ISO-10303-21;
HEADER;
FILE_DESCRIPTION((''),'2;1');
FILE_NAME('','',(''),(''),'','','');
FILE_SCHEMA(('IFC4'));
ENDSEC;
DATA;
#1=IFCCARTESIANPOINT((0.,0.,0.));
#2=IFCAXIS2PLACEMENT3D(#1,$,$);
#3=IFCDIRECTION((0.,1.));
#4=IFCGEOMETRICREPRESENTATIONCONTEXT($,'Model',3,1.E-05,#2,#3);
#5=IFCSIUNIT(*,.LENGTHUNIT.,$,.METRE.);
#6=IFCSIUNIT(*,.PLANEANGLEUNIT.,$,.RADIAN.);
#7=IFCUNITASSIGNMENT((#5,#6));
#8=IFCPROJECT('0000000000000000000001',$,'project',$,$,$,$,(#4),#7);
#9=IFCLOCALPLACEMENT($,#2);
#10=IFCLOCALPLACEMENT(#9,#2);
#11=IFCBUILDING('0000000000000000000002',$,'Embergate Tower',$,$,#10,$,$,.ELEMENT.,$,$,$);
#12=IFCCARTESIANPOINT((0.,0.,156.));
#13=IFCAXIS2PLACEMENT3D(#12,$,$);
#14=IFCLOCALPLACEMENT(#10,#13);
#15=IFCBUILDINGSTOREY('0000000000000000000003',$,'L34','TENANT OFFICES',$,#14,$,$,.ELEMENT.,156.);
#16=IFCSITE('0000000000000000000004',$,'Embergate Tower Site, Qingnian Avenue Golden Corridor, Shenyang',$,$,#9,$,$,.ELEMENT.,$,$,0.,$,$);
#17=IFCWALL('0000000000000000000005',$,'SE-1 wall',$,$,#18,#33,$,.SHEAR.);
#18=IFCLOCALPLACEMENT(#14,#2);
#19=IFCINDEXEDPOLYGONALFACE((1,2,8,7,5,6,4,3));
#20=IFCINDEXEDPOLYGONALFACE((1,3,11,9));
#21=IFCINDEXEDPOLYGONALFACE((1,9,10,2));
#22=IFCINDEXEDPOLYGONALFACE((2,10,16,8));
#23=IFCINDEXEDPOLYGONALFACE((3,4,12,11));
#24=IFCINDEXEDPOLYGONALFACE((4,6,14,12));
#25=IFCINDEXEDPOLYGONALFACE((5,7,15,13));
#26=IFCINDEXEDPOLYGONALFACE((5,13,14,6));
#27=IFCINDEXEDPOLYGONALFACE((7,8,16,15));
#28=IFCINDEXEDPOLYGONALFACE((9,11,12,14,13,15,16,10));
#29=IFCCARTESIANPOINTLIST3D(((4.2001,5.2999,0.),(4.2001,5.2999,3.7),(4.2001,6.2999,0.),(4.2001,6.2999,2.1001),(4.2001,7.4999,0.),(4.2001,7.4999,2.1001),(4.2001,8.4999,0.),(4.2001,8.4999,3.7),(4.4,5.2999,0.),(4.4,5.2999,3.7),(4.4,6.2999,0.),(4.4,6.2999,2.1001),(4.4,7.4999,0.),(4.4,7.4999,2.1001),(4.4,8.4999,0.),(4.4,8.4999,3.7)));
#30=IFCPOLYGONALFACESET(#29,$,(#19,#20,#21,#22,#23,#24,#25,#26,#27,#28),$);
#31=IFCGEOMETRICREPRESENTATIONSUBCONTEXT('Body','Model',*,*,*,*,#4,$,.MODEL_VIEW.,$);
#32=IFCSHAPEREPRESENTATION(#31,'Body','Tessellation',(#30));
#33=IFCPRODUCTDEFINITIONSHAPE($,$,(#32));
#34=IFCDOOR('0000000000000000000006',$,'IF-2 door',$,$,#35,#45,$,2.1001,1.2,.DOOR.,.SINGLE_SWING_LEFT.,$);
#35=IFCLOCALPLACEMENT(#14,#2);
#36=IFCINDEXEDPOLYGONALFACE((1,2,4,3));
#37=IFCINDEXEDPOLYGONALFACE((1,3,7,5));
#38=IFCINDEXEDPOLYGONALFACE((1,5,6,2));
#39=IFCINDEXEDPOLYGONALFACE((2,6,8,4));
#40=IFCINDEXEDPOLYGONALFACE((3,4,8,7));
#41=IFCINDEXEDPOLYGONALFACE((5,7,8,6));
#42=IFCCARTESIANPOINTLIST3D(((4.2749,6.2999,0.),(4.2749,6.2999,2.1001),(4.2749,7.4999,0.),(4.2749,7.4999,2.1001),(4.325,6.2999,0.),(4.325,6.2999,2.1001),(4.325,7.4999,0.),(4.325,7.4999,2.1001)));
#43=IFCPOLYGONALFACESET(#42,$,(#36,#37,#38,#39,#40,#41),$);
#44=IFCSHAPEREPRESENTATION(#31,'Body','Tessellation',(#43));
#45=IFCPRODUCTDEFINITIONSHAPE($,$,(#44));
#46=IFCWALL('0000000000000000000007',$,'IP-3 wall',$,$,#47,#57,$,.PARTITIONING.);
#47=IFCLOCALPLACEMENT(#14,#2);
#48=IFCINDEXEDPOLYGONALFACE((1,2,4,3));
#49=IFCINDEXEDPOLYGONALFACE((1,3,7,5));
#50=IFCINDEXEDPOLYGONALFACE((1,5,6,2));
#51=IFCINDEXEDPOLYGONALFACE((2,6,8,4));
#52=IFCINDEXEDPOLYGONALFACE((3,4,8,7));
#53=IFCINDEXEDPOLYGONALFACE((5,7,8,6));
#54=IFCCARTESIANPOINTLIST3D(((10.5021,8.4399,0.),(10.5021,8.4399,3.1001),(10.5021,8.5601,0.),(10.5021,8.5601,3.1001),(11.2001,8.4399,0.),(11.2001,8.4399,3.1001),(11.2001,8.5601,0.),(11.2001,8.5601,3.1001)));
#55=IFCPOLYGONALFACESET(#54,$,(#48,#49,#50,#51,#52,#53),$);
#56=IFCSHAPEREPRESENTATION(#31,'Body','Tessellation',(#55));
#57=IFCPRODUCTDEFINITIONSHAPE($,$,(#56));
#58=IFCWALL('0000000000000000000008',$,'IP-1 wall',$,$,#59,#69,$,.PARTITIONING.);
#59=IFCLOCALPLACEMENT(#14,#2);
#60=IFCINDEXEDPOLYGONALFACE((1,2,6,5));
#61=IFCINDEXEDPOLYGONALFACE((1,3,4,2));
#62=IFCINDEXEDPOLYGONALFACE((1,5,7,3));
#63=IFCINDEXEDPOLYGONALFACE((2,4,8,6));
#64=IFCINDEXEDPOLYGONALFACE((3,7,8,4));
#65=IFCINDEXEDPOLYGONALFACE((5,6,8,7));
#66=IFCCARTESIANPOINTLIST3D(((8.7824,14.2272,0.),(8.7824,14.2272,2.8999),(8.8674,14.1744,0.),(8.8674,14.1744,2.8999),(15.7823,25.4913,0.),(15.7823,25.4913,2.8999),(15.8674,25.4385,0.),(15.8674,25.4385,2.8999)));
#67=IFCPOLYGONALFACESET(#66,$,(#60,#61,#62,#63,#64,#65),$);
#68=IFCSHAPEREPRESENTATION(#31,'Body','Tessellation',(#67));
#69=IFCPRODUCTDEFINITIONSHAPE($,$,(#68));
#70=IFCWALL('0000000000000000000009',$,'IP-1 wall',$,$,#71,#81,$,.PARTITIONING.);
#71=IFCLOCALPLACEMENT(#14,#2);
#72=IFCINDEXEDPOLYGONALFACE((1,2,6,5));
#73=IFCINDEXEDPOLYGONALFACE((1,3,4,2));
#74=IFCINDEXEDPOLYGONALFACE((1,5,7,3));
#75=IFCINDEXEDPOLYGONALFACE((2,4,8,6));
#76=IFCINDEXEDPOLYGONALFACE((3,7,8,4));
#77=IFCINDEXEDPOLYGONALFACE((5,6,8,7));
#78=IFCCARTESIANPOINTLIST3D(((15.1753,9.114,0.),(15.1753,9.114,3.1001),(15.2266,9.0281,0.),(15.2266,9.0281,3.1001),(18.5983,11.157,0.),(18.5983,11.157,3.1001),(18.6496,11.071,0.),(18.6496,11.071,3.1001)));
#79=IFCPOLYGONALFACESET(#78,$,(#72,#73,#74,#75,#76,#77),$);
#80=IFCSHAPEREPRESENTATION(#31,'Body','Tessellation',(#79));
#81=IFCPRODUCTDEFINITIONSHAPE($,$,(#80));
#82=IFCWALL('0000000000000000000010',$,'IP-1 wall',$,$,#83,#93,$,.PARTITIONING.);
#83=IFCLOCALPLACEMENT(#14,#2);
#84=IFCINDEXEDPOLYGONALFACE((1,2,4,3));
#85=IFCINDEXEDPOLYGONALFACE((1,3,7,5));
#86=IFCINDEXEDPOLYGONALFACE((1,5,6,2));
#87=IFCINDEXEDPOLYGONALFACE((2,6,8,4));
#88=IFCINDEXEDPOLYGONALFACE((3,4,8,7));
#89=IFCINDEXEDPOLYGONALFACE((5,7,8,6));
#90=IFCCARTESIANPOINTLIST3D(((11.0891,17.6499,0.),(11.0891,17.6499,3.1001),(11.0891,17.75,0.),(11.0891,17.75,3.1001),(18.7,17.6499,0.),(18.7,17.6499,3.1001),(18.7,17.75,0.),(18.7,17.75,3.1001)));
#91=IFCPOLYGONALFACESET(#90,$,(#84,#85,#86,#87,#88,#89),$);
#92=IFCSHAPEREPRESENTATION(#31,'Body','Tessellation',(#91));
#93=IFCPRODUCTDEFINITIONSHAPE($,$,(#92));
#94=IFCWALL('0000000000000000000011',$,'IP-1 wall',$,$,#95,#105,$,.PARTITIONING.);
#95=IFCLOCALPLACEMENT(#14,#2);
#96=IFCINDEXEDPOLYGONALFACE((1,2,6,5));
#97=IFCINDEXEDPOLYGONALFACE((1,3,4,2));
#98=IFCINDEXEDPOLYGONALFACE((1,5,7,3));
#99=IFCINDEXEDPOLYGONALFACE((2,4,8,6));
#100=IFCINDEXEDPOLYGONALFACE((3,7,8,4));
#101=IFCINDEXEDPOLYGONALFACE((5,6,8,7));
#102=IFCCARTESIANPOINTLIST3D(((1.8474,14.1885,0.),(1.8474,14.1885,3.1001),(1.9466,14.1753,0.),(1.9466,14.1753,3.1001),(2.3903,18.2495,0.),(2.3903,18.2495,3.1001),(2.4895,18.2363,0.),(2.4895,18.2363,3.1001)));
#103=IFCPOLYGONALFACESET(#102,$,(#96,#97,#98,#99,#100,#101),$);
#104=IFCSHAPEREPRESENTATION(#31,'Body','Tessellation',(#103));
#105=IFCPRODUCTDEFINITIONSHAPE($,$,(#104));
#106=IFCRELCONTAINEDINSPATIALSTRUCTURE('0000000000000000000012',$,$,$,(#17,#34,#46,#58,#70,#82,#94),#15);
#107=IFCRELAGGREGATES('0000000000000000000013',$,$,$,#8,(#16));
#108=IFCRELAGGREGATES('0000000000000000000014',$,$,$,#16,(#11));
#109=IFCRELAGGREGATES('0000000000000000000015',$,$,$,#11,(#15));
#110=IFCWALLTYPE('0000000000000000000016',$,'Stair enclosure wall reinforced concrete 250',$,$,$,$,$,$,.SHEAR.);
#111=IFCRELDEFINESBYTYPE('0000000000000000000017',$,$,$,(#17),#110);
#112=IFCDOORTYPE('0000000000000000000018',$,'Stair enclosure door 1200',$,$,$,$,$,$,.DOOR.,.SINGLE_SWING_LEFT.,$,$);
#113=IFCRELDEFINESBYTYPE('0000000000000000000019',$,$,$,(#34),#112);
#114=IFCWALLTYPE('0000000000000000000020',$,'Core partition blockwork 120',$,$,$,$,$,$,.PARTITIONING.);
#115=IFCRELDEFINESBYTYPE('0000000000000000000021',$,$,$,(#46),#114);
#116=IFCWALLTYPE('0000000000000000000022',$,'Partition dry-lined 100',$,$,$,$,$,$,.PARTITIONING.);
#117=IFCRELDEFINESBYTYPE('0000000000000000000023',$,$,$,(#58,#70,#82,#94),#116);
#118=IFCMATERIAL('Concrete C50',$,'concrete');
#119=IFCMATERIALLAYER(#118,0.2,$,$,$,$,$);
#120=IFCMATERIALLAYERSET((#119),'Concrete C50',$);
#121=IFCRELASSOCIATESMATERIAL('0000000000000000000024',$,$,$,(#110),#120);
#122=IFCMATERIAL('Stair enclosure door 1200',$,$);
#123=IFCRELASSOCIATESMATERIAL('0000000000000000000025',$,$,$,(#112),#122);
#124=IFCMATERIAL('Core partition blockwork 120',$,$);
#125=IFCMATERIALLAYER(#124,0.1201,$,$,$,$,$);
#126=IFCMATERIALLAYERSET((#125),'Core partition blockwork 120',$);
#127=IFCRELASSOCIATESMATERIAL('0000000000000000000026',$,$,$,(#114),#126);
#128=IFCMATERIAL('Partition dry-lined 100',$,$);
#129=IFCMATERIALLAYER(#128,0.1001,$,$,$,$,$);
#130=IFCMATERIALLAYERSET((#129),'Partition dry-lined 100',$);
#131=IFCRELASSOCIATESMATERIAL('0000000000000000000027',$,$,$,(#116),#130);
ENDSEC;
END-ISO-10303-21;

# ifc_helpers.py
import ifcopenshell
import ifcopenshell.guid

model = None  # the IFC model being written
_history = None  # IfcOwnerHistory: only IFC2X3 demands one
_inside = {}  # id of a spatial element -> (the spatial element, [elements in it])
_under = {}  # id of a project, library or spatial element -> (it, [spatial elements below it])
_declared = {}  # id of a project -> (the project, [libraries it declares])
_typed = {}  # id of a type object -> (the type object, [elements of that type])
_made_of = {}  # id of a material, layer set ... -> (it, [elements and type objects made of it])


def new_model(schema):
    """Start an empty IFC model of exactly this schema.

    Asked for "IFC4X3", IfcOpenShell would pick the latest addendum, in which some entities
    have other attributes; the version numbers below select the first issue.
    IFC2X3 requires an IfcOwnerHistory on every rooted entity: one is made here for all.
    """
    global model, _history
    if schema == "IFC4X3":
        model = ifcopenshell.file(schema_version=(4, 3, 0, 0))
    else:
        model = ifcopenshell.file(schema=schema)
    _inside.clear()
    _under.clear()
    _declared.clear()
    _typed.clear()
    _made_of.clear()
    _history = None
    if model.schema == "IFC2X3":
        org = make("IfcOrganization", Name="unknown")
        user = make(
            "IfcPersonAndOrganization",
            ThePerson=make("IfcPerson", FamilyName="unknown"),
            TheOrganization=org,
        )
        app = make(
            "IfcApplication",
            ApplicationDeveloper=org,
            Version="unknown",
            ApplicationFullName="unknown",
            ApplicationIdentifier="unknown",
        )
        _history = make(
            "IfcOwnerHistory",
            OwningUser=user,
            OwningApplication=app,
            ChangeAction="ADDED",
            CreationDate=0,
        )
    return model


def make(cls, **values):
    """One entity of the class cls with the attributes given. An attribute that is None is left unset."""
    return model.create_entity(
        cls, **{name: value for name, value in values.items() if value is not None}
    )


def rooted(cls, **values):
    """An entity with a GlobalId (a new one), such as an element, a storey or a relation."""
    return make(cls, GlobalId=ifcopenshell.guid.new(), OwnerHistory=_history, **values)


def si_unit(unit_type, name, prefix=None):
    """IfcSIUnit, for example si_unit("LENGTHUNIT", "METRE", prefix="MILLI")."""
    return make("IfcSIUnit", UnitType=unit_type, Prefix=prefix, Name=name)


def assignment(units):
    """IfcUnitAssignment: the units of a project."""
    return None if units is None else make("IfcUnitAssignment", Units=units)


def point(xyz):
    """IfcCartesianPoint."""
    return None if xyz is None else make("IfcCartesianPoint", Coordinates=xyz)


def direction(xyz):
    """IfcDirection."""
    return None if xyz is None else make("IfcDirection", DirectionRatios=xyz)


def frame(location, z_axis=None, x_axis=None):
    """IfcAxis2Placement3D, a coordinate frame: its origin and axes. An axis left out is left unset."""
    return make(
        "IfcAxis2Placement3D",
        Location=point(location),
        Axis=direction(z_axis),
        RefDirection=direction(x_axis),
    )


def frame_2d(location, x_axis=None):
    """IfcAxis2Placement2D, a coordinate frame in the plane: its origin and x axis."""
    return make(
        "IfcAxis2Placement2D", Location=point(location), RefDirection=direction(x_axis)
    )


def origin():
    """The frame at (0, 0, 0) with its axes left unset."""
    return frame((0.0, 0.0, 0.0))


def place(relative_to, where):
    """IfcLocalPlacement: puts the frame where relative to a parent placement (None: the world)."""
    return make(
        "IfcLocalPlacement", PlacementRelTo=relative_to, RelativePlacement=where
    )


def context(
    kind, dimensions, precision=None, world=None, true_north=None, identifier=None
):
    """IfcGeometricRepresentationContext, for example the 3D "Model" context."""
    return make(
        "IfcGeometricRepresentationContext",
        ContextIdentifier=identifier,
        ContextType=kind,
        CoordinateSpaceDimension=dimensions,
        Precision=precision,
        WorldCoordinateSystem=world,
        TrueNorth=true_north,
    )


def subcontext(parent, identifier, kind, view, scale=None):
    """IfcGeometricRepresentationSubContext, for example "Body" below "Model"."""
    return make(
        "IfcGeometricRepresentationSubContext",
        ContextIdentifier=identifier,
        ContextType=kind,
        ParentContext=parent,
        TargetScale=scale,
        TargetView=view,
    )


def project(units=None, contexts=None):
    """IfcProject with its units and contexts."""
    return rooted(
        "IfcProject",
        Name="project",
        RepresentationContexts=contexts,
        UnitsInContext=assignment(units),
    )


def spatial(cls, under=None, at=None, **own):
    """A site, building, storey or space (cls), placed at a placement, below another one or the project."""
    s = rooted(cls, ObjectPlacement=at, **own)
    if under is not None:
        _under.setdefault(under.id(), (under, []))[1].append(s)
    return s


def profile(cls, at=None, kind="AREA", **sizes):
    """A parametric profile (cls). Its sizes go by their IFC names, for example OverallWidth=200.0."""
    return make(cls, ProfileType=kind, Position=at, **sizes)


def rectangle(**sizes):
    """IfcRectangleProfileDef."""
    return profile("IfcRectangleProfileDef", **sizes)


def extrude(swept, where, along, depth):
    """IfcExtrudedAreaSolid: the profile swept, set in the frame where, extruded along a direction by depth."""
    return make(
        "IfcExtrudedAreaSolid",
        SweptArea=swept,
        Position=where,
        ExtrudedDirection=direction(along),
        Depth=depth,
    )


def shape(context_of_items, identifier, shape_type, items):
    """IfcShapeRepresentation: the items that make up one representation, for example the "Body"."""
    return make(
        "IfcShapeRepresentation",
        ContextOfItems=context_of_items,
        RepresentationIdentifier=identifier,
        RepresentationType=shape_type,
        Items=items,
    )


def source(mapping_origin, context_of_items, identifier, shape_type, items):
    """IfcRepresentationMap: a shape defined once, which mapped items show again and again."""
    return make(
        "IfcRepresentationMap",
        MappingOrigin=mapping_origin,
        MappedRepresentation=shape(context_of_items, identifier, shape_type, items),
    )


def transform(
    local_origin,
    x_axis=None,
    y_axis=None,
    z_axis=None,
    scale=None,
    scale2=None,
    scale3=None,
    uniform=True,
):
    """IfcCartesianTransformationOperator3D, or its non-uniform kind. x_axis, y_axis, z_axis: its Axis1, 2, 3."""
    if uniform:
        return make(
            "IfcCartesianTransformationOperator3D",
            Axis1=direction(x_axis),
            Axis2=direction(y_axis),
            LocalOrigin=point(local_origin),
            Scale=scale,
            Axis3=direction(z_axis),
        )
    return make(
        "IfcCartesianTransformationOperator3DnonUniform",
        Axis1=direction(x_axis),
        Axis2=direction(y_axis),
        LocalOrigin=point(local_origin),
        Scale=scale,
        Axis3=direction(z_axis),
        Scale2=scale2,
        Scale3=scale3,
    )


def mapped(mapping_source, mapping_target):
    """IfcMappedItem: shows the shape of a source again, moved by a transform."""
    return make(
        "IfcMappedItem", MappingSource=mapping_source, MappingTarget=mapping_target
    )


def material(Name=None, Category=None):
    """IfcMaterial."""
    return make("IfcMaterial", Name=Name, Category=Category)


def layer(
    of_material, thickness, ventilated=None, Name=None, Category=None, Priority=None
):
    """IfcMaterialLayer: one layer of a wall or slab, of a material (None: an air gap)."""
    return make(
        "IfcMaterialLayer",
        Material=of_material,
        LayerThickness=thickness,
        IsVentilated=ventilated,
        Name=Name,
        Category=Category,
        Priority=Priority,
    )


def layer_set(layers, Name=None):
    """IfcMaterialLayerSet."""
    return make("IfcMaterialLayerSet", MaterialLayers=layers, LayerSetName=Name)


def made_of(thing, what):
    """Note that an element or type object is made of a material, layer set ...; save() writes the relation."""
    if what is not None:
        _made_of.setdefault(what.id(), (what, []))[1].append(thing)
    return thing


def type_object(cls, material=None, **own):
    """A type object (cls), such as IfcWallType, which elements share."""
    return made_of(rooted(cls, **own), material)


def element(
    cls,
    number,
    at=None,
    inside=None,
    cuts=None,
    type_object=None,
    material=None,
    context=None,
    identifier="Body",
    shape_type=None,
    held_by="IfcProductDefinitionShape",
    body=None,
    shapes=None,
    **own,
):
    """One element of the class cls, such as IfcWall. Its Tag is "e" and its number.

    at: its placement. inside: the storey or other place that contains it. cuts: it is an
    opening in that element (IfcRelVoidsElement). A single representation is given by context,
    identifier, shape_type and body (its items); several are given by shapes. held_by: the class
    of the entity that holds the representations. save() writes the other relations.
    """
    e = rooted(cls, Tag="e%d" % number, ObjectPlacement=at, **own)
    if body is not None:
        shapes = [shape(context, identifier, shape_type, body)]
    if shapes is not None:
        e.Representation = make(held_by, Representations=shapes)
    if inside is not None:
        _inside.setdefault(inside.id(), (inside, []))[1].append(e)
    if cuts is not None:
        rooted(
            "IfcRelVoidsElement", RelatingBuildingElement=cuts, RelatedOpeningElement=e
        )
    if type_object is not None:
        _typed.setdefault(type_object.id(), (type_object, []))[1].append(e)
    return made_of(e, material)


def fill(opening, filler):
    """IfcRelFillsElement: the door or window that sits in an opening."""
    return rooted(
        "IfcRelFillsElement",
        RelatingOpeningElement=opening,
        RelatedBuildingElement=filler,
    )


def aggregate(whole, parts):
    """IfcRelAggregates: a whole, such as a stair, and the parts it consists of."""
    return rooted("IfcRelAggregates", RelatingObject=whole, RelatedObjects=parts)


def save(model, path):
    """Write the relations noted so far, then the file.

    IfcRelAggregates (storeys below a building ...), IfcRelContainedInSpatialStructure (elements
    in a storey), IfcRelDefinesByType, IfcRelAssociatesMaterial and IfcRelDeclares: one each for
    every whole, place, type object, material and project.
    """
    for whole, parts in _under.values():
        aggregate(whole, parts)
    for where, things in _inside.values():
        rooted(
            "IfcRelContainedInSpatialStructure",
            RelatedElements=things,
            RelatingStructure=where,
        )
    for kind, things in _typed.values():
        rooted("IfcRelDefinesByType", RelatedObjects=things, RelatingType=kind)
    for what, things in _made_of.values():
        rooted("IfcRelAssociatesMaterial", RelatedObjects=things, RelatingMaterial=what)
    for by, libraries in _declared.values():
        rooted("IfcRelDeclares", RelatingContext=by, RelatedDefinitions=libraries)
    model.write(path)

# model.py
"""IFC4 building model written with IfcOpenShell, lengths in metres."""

from ifc_helpers import new_model, si_unit, direction, frame, frame_2d, origin, place, context, subcontext, project, spatial, rectangle, extrude, source, transform, mapped, material, layer, layer_set, type_object, element, fill, save


model = new_model("IFC4")

# Units and contexts
model_context = context("Model", 3, precision=1e-05, world=origin(), true_north=direction((0.0, 1.0)))
body_context = subcontext(model_context, "Body", "Model", "MODEL_VIEW")
ifc_project = project(units=[si_unit("LENGTHUNIT", "METRE"), si_unit("PLANEANGLEUNIT", "RADIAN")], contexts=[model_context])

# Site, building, storey
site_placement = place(None, origin())
site = spatial("IfcSite", under=ifc_project, at=site_placement, Name="Embergate Tower Site, Qingnian Avenue Golden Corridor, Shenyang", CompositionType="ELEMENT", RefElevation=0.0)
building_placement = place(site_placement, origin())
building = spatial("IfcBuilding", under=site, at=building_placement, Name="Embergate Tower", CompositionType="ELEMENT")
storey_placement = place(building_placement, frame((0.0, 0.0, 156.0)))
storey = spatial("IfcBuildingStorey", under=building, at=storey_placement, Name="L34", Description="TENANT OFFICES", CompositionType="ELEMENT", Elevation=156.0)

# Wall, opening, door
ifc_material_1 = material(Name="Concrete C50", Category="concrete")
ifc_layer_1 = layer(ifc_material_1, 0.2)
ifc_layer_set_1 = layer_set([ifc_layer_1], Name="Concrete C50")
wall_type_1 = type_object("IfcWallType", Name="Stair enclosure wall reinforced concrete 250", PredefinedType="SHEAR", material=ifc_layer_set_1)
shared_shape_1 = source(origin(), body_context, "Body", "SweptSolid", [
    extrude(rectangle(XDim=3.2, YDim=0.2, at=frame_2d((1.6001, 0.0))), origin(), (0.0, 0.0, 1.0), 3.7),
])
wall_1_placement = place(storey_placement, frame((4.3, 8.5, 0.0), z_axis=(0.0, 0.0, 1.0), x_axis=(0.0, -1.0, 0.0)))
wall_1 = element("IfcWall", 1, at=wall_1_placement, inside=storey, type_object=wall_type_1, Name="SE-1 wall", PredefinedType="SHEAR", context=body_context, shape_type="MappedRepresentation", body=[
    mapped(shared_shape_1, transform((0.0, 0.0, 0.0))),
])
shared_shape_2 = source(origin(), body_context, "Body", "SweptSolid", [
    extrude(rectangle(XDim=1.2, YDim=2.1001, at=frame_2d((0.6001, 1.05))), frame((0.0, 0.1099, 0.0), z_axis=(0.0, -1.0, 0.0), x_axis=(1.0, 0.0, 0.0)), (0.0, 0.0, 1.0), 0.22),
])
opening_placement = place(wall_1_placement, frame((1.0, 0.0, 0.0)))
opening = element("IfcOpeningElement", 2, at=opening_placement, cuts=wall_1, PredefinedType="OPENING", context=body_context, shape_type="MappedRepresentation", body=[
    mapped(shared_shape_2, transform((0.0, 0.0, 0.0))),
])
ifc_material_2 = material(Name="Stair enclosure door 1200")
door_type = type_object("IfcDoorType", Name="Stair enclosure door 1200", OperationType="SINGLE_SWING_LEFT", PredefinedType="DOOR", material=ifc_material_2)
shared_shape_3 = source(origin(), body_context, "Body", "SweptSolid", [
    extrude(rectangle(XDim=1.2, YDim=2.1001, at=frame_2d((0.6001, 1.05))), frame((0.0, 0.0249, 0.0), z_axis=(0.0, -1.0, 0.0), x_axis=(1.0, 0.0, 0.0)), (0.0, 0.0, 1.0), 0.05),
])
door_placement = place(opening_placement, origin())
door = element("IfcDoor", 3, at=door_placement, inside=storey, type_object=door_type, Name="IF-2 door", OperationType="SINGLE_SWING_LEFT", OverallHeight=2.1001, OverallWidth=1.2, PredefinedType="DOOR", context=body_context, shape_type="MappedRepresentation", body=[
    mapped(shared_shape_3, transform((0.0, 0.0, 0.0))),
])
fill(opening, door)

# Walls
ifc_material_3 = material(Name="Core partition blockwork 120")
ifc_layer_2 = layer(ifc_material_3, 0.1201)
ifc_layer_set_2 = layer_set([ifc_layer_2], Name="Core partition blockwork 120")
wall_type_2 = type_object("IfcWallType", Name="Core partition blockwork 120", PredefinedType="PARTITIONING", material=ifc_layer_set_2)
shared_shape_4 = source(origin(), body_context, "Body", "SweptSolid", [
    extrude(rectangle(XDim=0.698, YDim=0.1201, at=frame_2d((0.3491, 0.0))), origin(), (0.0, 0.0, 1.0), 3.1001),
])
wall_2_placement = place(storey_placement, frame((10.502, 8.5, 0.0), z_axis=(0.0, 0.0, 1.0), x_axis=(1.0, 0.0, 0.0)))
element("IfcWall", 4, at=wall_2_placement, inside=storey, type_object=wall_type_2, Name="IP-3 wall", PredefinedType="PARTITIONING", context=body_context, shape_type="MappedRepresentation", body=[
    mapped(shared_shape_4, transform((0.0, 0.0, 0.0))),
])
ifc_material_4 = material(Name="Partition dry-lined 100")
ifc_layer_3 = layer(ifc_material_4, 0.1001)
ifc_layer_set_3 = layer_set([ifc_layer_3], Name="Partition dry-lined 100")
wall_type_3 = type_object("IfcWallType", Name="Partition dry-lined 100", PredefinedType="PARTITIONING", material=ifc_layer_set_3)
shared_shape_5 = source(origin(), body_context, "Body", "SweptSolid", [
    extrude(rectangle(XDim=13.262, YDim=0.1001, at=frame_2d((6.6309, 0.0))), origin(), (0.0, 0.0, 1.0), 2.8999),
])
wall_3_placement = place(storey_placement, frame((8.825, 14.2009, 0.0), z_axis=(0.0, 0.0, 1.0), x_axis=(0.527823, 0.849354, 0.0)))
element("IfcWall", 5, at=wall_3_placement, inside=storey, type_object=wall_type_3, Name="IP-1 wall", PredefinedType="PARTITIONING", context=body_context, shape_type="MappedRepresentation", body=[
    mapped(shared_shape_5, transform((0.0, 0.0, 0.0))),
])
shared_shape_6 = source(origin(), body_context, "Body", "SweptSolid", [
    extrude(rectangle(XDim=3.9863, YDim=0.1001, at=frame_2d((1.9932, 0.0))), origin(), (0.0, 0.0, 1.0), 3.1001),
])
wall_4_placement = place(storey_placement, frame((15.2009, 9.071, 0.0), z_axis=(0.0, 0.0, 1.0), x_axis=(0.858696, 0.512486, 0.0)))
element("IfcWall", 6, at=wall_4_placement, inside=storey, type_object=wall_type_3, Name="IP-1 wall", PredefinedType="PARTITIONING", context=body_context, shape_type="MappedRepresentation", body=[
    mapped(shared_shape_6, transform((0.0, 0.0, 0.0))),
])
shared_shape_7 = source(origin(), body_context, "Body", "SweptSolid", [
    extrude(rectangle(XDim=7.6108, YDim=0.1001, at=frame_2d((3.8054, 0.0))), origin(), (0.0, 0.0, 1.0), 3.1001),
])
wall_5_placement = place(storey_placement, frame((11.0891, 17.7, 0.0), z_axis=(0.0, 0.0, 1.0), x_axis=(1.0, 0.0, 0.0)))
element("IfcWall", 7, at=wall_5_placement, inside=storey, type_object=wall_type_3, Name="IP-1 wall", PredefinedType="PARTITIONING", context=body_context, shape_type="MappedRepresentation", body=[
    mapped(shared_shape_7, transform((0.0, 0.0, 0.0))),
])
shared_shape_8 = source(origin(), body_context, "Body", "SweptSolid", [
    extrude(rectangle(XDim=4.0972, YDim=0.1001, at=frame_2d((2.0486, 0.0))), origin(), (0.0, 0.0, 1.0), 3.1001),
])
wall_6_placement = place(storey_placement, frame((1.897, 14.1819, 0.0), z_axis=(0.0, 0.0, 1.0), x_axis=(0.132523, 0.99118, 0.0)))
element("IfcWall", 8, at=wall_6_placement, inside=storey, type_object=wall_type_3, Name="IP-1 wall", PredefinedType="PARTITIONING", context=body_context, shape_type="MappedRepresentation", body=[
    mapped(shared_shape_8, transform((0.0, 0.0, 0.0))),
])

save(model, "model.ifc")
